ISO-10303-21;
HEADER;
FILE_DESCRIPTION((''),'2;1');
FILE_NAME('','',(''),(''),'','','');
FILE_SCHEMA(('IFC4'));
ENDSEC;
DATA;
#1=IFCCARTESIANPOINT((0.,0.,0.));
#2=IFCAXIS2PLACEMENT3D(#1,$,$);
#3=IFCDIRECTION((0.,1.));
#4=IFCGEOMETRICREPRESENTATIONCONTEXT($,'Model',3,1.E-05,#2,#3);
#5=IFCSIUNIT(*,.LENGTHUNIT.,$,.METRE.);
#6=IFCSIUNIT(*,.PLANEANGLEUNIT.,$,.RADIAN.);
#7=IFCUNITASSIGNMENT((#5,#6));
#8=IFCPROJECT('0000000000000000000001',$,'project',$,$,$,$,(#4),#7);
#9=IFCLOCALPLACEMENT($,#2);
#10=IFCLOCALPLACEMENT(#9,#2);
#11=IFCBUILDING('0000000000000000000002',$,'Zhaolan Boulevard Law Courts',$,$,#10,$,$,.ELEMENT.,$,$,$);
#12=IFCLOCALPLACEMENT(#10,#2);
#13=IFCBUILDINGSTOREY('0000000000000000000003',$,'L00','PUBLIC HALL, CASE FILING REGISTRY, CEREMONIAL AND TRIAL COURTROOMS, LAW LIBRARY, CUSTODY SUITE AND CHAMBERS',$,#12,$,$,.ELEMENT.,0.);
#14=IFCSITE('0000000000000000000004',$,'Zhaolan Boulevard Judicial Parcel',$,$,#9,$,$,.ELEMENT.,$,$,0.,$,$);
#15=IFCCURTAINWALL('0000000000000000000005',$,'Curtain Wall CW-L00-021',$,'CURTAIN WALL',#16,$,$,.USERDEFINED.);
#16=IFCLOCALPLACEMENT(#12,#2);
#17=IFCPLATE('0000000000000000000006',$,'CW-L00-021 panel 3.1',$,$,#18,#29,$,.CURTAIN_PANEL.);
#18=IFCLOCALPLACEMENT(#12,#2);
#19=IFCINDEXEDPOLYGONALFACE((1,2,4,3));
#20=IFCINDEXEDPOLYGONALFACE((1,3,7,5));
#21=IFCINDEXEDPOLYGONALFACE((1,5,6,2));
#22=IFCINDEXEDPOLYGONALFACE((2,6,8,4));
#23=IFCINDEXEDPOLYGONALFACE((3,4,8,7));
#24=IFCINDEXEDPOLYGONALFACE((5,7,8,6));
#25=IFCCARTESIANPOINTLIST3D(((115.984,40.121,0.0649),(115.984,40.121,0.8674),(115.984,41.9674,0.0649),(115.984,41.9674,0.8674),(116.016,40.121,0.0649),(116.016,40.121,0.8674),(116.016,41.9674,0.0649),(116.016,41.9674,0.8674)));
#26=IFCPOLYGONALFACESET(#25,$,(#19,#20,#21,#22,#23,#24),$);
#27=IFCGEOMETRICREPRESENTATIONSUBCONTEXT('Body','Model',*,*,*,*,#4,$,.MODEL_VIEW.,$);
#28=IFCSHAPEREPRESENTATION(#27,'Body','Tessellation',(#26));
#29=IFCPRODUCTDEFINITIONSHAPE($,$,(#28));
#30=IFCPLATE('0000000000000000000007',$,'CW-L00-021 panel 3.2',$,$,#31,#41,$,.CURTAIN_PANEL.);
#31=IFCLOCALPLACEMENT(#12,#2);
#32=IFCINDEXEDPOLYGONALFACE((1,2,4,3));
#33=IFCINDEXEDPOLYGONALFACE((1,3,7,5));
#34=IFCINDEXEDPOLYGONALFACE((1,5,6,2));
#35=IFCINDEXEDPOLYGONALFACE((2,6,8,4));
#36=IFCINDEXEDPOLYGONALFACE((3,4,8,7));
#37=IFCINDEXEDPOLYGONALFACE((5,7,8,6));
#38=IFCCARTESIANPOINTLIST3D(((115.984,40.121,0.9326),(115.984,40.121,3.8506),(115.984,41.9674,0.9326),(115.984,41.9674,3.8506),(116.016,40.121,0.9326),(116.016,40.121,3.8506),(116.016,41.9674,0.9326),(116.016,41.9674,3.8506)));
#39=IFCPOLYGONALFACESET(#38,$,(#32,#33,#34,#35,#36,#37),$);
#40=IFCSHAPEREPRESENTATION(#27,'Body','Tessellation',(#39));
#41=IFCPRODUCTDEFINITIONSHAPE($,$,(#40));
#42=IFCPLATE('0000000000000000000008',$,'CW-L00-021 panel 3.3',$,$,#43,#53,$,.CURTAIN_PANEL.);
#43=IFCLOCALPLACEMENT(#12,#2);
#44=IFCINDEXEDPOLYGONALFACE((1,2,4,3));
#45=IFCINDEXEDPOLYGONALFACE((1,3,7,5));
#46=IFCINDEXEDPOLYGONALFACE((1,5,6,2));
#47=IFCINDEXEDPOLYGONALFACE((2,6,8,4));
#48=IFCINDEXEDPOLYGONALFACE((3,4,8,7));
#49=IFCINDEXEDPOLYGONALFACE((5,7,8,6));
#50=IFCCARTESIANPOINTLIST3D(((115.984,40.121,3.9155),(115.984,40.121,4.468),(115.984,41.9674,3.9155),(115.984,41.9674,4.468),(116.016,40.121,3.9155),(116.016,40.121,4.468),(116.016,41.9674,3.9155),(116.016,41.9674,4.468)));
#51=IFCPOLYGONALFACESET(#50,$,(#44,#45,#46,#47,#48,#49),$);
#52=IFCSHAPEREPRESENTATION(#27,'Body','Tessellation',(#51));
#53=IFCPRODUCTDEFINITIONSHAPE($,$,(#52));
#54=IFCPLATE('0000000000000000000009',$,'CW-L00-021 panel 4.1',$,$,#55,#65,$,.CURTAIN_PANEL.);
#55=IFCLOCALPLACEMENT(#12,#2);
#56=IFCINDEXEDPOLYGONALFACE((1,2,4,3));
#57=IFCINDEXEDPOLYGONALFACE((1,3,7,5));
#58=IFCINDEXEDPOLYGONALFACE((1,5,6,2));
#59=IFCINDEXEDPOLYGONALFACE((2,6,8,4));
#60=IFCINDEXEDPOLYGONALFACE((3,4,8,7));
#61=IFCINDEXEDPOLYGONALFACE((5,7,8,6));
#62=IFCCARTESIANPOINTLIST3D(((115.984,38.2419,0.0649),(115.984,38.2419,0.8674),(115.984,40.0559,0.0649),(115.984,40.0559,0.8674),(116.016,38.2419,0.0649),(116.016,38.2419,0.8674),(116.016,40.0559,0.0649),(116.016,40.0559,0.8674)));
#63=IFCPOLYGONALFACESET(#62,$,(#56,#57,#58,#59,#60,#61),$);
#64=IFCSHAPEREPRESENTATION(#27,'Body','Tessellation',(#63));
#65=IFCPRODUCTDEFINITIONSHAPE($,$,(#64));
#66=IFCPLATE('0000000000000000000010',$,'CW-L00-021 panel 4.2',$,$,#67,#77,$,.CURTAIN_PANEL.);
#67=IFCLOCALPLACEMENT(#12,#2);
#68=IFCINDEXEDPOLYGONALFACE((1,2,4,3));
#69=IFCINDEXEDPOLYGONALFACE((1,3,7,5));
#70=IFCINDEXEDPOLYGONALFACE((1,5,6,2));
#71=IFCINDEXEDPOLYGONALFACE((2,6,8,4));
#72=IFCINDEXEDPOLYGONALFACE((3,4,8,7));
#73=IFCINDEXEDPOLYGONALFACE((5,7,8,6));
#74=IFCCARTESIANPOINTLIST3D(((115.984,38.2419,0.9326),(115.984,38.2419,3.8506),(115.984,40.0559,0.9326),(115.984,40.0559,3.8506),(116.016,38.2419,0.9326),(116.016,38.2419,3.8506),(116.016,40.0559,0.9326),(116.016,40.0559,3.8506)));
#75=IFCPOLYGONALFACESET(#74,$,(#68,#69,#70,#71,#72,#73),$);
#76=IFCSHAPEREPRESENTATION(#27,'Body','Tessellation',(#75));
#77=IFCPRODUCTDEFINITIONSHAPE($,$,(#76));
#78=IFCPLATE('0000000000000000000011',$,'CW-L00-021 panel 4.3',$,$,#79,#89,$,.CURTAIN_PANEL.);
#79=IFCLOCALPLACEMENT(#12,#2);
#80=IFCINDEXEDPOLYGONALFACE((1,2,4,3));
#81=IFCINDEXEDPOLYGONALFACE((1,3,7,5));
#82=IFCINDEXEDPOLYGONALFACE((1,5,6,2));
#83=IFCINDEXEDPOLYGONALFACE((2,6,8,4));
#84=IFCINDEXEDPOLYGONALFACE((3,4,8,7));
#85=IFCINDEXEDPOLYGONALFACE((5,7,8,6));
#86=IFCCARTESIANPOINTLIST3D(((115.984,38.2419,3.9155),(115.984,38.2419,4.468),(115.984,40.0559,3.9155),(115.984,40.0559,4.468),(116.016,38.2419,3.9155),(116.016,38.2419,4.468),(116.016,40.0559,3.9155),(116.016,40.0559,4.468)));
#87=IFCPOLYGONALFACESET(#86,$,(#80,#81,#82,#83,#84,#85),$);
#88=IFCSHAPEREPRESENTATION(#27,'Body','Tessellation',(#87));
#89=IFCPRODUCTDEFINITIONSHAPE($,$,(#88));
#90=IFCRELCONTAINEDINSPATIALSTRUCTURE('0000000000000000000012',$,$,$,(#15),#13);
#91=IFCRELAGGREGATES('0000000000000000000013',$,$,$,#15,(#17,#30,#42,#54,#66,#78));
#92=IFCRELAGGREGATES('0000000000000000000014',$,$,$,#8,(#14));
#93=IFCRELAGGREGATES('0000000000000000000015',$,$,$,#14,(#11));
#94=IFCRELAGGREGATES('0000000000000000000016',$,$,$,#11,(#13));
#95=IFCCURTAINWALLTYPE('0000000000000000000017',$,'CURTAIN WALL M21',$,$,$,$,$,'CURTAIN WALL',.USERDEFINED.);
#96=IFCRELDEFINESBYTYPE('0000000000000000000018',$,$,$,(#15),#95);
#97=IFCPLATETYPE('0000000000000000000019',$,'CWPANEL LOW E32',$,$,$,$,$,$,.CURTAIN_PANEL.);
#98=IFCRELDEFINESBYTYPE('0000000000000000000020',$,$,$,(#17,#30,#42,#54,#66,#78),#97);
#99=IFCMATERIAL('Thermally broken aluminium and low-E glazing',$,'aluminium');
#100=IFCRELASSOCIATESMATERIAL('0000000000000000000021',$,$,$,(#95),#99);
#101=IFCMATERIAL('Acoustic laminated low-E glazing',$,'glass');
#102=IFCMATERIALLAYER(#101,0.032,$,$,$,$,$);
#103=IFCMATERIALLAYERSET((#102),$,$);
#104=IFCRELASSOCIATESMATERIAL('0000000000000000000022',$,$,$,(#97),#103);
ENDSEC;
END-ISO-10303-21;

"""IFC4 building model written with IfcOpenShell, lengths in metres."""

from ifc_helpers import new_model, si_unit, direction, frame, origin, origin_2d, place, context, subcontext, project, spatial, rectangle, extrude, material, layer, layer_set, type_object, element, aggregate, save


model = new_model("IFC4")

# Units and contexts
model_context = context("Model", 3, precision=1e-05, world=origin(), true_north=direction((0.0, 1.0)))
body_context = subcontext(model_context, "Body", "Model", "MODEL_VIEW")
ifc_project = project(units=[si_unit("LENGTHUNIT", "METRE"), si_unit("PLANEANGLEUNIT", "RADIAN")], contexts=[model_context])

# Site, building, storey
site_placement = place(None, origin())
site = spatial("IfcSite", under=ifc_project, at=site_placement, Name="Zhaolan Boulevard Judicial Parcel", CompositionType="ELEMENT", RefElevation=0.0)
building_placement = place(site_placement, origin())
building = spatial("IfcBuilding", under=site, at=building_placement, Name="Zhaolan Boulevard Law Courts", CompositionType="ELEMENT")
storey_placement = place(building_placement, origin())
storey = spatial("IfcBuildingStorey", under=building, at=storey_placement, Name="L00", Description="PUBLIC HALL, CASE FILING REGISTRY, CEREMONIAL AND TRIAL COURTROOMS, LAW LIBRARY, CUSTODY SUITE AND CHAMBERS", CompositionType="ELEMENT", Elevation=0.0)

# Curtain wall
ifc_material_1 = material(Name="Thermally broken aluminium and low-E glazing", Category="aluminium")
curtain_wall_type = type_object("IfcCurtainWallType", Name="CURTAIN WALL M21", ElementType="CURTAIN WALL", PredefinedType="USERDEFINED", material=ifc_material_1)
curtain_wall_placement = place(storey_placement, origin())
curtain_wall = element("IfcCurtainWall", 1, at=curtain_wall_placement, inside=storey, type_object=curtain_wall_type, Name="Curtain Wall CW-L00-021", ObjectType="CURTAIN WALL", PredefinedType="USERDEFINED")

# Plates
ifc_material_2 = material(Name="Acoustic laminated low-E glazing", Category="glass")
ifc_layer = layer(ifc_material_2, 0.032)
ifc_layer_set = layer_set([ifc_layer])
plate_type = type_object("IfcPlateType", Name="CWPANEL LOW E32", PredefinedType="CURTAIN_PANEL", material=ifc_layer_set)
plate_1_placement = place(storey_placement, frame((116.0, 41.0442, 0.0649), z_axis=(0.0, 0.0, 1.0), x_axis=(0.0, -1.0, 0.0)))
plate_1 = element("IfcPlate", 2, at=plate_1_placement, type_object=plate_type, Name="CW-L00-021 panel 3.1", PredefinedType="CURTAIN_PANEL", context=body_context, shape_type="SweptSolid", body=[
    extrude(rectangle(XDim=1.8464, YDim=0.032, at=origin_2d()), origin(), (0.0, 0.0, 1.0), 0.8025),
])
plate_2_placement = place(storey_placement, frame((116.0, 41.0442, 0.9326), z_axis=(0.0, 0.0, 1.0), x_axis=(0.0, -1.0, 0.0)))
plate_2 = element("IfcPlate", 3, at=plate_2_placement, type_object=plate_type, Name="CW-L00-021 panel 3.2", PredefinedType="CURTAIN_PANEL", context=body_context, shape_type="SweptSolid", body=[
    extrude(rectangle(XDim=1.8464, YDim=0.032, at=origin_2d()), origin(), (0.0, 0.0, 1.0), 2.918),
])
plate_3_placement = place(storey_placement, frame((116.0, 41.0442, 3.9155), z_axis=(0.0, 0.0, 1.0), x_axis=(0.0, -1.0, 0.0)))
plate_3 = element("IfcPlate", 4, at=plate_3_placement, type_object=plate_type, Name="CW-L00-021 panel 3.3", PredefinedType="CURTAIN_PANEL", context=body_context, shape_type="SweptSolid", body=[
    extrude(rectangle(XDim=1.8464, YDim=0.032, at=origin_2d()), origin(), (0.0, 0.0, 1.0), 0.5525),
])
plate_4_placement = place(storey_placement, frame((116.0, 39.1489, 0.0649), z_axis=(0.0, 0.0, 1.0), x_axis=(0.0, -1.0, 0.0)))
plate_4 = element("IfcPlate", 5, at=plate_4_placement, type_object=plate_type, Name="CW-L00-021 panel 4.1", PredefinedType="CURTAIN_PANEL", context=body_context, shape_type="SweptSolid", body=[
    extrude(rectangle(XDim=1.814, YDim=0.032, at=origin_2d()), origin(), (0.0, 0.0, 1.0), 0.8025),
])
plate_5_placement = place(storey_placement, frame((116.0, 39.1489, 0.9326), z_axis=(0.0, 0.0, 1.0), x_axis=(0.0, -1.0, 0.0)))
plate_5 = element("IfcPlate", 6, at=plate_5_placement, type_object=plate_type, Name="CW-L00-021 panel 4.2", PredefinedType="CURTAIN_PANEL", context=body_context, shape_type="SweptSolid", body=[
    extrude(rectangle(XDim=1.814, YDim=0.032, at=origin_2d()), origin(), (0.0, 0.0, 1.0), 2.918),
])
plate_6_placement = place(storey_placement, frame((116.0, 39.1489, 3.9155), z_axis=(0.0, 0.0, 1.0), x_axis=(0.0, -1.0, 0.0)))
plate_6 = element("IfcPlate", 7, at=plate_6_placement, type_object=plate_type, Name="CW-L00-021 panel 4.3", PredefinedType="CURTAIN_PANEL", context=body_context, shape_type="SweptSolid", body=[
    extrude(rectangle(XDim=1.814, YDim=0.032, at=origin_2d()), origin(), (0.0, 0.0, 1.0), 0.5525),
])
aggregate(curtain_wall, [plate_1, plate_2, plate_3, plate_4, plate_5, plate_6])

save(model, "model.ifc")
